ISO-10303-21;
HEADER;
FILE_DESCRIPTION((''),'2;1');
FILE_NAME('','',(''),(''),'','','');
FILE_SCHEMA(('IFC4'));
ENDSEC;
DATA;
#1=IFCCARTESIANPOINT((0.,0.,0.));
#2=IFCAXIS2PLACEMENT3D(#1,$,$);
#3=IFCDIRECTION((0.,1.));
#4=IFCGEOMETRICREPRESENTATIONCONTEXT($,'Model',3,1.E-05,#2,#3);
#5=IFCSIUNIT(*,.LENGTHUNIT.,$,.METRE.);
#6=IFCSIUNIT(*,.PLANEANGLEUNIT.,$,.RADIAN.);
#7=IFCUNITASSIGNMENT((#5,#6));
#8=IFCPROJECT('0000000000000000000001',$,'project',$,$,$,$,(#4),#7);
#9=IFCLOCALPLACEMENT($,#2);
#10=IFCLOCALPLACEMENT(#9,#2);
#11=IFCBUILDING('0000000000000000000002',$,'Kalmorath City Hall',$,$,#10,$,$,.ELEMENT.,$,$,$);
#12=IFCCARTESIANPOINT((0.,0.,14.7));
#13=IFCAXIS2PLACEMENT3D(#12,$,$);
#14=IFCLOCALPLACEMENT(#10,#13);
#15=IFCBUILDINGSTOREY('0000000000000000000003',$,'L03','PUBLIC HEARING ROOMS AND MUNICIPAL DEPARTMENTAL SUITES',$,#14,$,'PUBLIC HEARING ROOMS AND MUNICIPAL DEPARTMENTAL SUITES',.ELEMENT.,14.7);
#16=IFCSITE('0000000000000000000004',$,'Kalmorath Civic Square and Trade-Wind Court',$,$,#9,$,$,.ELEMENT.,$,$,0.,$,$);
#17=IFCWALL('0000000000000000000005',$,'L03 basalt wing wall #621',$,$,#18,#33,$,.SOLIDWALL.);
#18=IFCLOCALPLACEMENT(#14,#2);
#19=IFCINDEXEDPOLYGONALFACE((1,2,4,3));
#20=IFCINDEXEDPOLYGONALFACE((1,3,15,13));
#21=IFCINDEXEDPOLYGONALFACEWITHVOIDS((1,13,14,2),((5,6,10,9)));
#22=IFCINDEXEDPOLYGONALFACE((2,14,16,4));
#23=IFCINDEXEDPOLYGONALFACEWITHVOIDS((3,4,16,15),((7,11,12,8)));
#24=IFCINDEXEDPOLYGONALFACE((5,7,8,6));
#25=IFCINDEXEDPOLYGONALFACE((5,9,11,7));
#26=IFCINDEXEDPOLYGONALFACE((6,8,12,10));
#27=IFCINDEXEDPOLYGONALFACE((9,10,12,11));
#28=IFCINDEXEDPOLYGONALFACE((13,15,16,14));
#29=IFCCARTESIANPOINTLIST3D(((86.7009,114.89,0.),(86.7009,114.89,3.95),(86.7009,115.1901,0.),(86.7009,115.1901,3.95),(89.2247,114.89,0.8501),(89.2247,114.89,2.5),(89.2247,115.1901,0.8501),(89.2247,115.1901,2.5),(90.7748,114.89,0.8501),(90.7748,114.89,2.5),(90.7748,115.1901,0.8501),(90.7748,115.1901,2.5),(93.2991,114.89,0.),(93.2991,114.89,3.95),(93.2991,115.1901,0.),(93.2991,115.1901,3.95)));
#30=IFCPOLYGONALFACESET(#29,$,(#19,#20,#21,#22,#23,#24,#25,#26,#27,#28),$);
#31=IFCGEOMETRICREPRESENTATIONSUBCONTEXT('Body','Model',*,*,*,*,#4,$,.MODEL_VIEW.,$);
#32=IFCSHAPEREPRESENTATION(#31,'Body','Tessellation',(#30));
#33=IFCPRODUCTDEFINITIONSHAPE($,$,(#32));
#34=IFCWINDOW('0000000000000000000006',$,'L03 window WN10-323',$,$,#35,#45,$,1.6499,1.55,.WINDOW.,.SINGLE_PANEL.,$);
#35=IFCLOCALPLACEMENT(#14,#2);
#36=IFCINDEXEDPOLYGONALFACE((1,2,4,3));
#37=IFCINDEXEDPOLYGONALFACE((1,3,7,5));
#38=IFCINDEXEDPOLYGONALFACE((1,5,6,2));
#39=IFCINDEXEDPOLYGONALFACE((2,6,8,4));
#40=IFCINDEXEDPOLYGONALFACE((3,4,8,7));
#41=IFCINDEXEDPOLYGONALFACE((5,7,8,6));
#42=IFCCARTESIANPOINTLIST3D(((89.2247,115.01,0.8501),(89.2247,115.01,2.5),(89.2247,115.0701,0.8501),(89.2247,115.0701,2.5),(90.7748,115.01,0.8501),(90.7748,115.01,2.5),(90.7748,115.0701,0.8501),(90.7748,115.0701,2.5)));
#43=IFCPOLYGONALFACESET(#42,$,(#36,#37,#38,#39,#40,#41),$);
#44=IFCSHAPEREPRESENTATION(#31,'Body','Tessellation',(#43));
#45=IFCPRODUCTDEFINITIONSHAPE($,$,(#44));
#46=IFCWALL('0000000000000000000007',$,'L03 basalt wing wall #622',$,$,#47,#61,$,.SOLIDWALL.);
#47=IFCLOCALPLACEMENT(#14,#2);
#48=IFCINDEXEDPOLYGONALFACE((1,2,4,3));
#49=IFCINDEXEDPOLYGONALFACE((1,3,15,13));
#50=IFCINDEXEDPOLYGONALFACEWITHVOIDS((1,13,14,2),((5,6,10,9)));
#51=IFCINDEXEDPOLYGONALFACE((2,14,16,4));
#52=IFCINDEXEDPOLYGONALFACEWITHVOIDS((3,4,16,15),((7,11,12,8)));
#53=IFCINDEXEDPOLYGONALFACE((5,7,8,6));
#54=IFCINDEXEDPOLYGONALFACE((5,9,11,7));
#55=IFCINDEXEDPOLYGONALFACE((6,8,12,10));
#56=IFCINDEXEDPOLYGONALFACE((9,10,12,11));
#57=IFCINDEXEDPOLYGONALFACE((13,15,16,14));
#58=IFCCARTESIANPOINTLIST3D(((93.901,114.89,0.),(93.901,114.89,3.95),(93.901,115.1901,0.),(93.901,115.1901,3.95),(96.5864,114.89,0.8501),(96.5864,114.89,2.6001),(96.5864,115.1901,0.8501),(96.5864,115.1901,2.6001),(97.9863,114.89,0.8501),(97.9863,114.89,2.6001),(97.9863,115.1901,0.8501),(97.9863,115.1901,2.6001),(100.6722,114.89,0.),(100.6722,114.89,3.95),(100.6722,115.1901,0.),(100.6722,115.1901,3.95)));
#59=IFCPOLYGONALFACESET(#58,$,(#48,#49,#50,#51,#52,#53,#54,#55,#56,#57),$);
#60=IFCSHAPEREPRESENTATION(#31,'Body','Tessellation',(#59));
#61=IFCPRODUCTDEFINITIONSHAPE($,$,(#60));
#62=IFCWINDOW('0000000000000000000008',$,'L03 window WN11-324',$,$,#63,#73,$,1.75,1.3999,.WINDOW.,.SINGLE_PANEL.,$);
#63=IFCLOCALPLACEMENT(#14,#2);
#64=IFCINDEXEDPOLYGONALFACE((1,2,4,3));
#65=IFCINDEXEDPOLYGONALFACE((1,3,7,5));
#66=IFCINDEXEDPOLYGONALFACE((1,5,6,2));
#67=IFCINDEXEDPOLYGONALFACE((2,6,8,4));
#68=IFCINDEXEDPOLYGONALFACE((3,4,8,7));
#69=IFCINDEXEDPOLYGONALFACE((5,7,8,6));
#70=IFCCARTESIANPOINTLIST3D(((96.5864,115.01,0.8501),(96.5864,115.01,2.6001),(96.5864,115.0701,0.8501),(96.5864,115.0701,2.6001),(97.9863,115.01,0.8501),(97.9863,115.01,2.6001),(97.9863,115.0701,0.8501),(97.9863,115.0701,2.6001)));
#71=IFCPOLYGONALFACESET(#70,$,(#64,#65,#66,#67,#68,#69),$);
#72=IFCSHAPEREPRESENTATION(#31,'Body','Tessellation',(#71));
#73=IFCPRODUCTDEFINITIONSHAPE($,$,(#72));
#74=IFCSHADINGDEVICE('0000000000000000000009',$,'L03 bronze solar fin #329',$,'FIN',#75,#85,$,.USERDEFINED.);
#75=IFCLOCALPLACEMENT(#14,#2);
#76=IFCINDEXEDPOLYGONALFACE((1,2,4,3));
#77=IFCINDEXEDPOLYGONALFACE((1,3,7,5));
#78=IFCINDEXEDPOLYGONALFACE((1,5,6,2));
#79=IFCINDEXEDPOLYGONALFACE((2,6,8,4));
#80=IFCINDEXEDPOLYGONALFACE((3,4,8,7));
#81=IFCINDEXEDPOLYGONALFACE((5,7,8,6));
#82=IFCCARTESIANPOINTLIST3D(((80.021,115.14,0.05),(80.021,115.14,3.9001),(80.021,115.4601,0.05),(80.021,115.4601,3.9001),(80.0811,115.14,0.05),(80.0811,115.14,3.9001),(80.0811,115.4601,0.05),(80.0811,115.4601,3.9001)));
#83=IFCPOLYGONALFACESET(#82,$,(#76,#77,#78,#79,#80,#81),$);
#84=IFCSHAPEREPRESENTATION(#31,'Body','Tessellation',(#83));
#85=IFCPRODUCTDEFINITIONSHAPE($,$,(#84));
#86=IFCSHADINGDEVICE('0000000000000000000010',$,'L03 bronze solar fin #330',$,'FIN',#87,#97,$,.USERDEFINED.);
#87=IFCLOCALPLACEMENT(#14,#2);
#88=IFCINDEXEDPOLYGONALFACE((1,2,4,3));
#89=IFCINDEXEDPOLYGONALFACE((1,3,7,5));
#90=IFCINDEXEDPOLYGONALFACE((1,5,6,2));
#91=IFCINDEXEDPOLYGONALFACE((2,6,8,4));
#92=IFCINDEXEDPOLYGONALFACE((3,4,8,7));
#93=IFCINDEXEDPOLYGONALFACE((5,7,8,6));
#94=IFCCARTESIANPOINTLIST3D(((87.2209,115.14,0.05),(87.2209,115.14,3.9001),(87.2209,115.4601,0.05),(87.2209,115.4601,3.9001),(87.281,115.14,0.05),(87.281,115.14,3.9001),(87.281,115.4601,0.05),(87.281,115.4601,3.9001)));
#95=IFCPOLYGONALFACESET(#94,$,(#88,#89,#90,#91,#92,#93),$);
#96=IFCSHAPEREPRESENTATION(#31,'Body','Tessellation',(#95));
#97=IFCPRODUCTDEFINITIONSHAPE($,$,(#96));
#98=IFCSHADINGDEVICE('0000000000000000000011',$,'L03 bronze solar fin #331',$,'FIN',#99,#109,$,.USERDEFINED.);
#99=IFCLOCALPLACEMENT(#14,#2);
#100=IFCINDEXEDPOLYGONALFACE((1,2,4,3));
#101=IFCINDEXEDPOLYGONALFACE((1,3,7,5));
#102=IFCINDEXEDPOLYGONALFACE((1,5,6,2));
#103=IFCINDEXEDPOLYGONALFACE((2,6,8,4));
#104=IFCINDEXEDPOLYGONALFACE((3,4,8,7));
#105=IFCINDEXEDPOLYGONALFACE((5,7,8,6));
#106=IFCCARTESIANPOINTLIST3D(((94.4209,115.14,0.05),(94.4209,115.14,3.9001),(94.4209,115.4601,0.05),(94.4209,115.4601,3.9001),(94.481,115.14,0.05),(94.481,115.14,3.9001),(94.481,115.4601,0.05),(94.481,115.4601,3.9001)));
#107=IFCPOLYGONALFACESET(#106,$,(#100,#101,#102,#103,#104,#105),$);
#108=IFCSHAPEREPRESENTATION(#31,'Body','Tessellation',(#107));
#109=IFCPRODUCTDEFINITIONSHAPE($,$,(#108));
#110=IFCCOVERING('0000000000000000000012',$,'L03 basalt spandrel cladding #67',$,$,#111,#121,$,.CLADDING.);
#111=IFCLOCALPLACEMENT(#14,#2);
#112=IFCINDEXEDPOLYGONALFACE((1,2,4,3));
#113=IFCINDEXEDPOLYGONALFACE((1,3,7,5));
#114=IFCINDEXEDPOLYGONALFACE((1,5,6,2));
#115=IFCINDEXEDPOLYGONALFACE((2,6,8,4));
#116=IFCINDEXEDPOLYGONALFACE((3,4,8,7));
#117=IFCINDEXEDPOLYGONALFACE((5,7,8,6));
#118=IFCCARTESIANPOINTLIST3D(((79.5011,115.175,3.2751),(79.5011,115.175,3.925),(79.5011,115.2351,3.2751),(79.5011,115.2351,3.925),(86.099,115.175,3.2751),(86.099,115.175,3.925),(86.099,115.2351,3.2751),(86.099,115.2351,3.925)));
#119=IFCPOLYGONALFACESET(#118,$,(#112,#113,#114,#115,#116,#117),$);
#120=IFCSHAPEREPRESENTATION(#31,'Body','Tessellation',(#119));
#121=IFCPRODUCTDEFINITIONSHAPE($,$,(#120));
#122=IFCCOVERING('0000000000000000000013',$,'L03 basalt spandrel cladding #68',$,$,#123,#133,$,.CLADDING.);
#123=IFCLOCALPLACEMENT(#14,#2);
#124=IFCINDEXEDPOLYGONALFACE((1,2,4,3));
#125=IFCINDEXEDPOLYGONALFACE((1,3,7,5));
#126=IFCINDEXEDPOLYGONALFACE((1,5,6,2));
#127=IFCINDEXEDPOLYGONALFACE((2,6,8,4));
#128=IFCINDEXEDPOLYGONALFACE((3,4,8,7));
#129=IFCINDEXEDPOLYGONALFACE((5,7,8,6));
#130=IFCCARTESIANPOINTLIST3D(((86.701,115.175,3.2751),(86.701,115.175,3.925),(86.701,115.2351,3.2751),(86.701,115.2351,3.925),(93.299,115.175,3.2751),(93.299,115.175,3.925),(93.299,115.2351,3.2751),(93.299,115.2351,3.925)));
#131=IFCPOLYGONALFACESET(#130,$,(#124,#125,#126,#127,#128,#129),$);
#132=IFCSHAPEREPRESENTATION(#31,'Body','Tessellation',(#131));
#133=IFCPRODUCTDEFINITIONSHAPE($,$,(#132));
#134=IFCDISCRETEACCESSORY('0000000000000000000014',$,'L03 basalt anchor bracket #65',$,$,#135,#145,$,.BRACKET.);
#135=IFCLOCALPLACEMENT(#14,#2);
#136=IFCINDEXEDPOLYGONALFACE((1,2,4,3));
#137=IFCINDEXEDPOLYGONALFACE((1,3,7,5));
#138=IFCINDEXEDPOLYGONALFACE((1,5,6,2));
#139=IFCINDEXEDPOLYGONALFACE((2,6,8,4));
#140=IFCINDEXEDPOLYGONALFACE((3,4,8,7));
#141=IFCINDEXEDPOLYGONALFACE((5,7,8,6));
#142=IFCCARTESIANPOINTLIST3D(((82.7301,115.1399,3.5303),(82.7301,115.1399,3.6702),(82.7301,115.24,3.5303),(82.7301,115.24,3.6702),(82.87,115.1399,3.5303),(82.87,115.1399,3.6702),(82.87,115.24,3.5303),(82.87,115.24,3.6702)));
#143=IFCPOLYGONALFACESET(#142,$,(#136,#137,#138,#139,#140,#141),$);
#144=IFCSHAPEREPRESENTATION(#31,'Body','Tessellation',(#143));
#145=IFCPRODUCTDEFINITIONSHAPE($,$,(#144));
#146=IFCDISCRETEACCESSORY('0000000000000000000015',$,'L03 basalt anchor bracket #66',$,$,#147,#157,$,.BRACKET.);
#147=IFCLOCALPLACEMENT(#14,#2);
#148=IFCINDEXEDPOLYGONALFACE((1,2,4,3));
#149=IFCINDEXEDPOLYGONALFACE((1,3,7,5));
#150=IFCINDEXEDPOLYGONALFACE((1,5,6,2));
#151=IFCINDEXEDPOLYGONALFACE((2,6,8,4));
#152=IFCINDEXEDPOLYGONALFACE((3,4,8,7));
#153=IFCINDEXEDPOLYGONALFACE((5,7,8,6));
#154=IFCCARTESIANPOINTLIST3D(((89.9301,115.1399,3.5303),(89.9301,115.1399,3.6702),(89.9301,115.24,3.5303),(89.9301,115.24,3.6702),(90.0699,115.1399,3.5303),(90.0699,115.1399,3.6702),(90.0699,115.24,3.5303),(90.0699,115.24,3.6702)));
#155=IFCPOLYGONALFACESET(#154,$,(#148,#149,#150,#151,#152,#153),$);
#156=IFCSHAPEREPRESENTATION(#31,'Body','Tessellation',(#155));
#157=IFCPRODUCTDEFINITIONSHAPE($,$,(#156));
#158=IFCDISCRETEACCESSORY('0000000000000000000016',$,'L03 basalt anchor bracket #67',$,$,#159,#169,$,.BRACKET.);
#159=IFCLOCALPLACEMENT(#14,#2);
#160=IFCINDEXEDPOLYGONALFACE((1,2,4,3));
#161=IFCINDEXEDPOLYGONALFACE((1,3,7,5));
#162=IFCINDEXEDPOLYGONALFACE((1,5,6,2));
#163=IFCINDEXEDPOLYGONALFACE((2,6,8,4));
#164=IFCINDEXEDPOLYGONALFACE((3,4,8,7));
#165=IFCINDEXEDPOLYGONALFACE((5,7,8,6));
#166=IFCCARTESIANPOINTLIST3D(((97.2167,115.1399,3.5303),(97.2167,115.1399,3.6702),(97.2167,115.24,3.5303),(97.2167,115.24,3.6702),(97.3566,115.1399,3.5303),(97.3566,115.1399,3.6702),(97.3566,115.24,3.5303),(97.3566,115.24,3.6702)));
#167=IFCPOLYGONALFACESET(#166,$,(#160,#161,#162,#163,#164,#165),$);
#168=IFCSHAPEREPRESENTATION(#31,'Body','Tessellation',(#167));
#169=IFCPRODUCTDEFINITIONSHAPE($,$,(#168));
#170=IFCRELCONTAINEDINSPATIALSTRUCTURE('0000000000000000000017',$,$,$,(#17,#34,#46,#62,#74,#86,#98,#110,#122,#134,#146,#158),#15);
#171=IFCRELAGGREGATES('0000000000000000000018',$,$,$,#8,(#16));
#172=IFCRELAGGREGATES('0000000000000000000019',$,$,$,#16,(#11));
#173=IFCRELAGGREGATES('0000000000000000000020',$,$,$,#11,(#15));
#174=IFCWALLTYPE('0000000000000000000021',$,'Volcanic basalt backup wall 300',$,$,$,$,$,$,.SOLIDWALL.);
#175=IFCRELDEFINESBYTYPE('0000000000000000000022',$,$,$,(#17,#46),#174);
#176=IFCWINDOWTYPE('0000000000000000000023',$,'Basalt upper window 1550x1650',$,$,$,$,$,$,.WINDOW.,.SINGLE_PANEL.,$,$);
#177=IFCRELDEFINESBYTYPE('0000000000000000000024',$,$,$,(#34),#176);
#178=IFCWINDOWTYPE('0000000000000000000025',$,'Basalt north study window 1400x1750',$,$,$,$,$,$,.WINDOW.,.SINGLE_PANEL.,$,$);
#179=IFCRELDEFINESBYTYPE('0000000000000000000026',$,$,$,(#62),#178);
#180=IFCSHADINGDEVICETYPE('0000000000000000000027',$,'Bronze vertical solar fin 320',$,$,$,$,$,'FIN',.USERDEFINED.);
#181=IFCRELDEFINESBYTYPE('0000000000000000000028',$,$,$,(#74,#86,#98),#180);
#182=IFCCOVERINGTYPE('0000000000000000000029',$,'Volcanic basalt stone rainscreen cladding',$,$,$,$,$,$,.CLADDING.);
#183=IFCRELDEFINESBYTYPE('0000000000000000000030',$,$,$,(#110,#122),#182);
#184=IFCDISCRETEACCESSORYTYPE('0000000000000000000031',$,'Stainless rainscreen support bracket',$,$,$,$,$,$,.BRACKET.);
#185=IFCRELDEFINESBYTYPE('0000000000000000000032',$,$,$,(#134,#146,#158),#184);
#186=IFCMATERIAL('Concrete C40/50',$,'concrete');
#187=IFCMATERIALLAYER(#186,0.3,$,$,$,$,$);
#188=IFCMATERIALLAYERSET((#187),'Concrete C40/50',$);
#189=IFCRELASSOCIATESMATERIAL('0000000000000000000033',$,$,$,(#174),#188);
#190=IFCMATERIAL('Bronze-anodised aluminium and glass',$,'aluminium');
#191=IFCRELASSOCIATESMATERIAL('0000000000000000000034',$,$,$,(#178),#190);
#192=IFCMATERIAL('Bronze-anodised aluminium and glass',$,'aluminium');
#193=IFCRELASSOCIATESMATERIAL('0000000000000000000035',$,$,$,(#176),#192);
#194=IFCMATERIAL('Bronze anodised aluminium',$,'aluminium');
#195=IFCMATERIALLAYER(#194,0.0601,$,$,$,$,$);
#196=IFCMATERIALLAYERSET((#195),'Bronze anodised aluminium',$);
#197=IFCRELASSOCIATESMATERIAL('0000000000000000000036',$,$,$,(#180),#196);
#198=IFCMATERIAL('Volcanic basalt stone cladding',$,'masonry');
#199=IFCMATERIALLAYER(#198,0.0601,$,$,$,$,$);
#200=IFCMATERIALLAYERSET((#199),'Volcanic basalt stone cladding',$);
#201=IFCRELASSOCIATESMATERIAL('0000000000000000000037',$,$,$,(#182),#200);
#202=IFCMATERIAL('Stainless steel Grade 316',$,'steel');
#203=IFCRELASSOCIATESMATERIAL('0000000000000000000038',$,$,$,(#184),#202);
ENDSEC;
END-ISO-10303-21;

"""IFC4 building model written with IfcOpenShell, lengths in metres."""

from ifc_helpers import new_model, si_unit, direction, frame, frame_2d, origin, origin_2d, place, context, subcontext, project, spatial, rectangle, extrude, material, layer, layer_set, type_object, element, fill, save


model = new_model("IFC4")

# Units and contexts
model_context = context("Model", 3, precision=1e-05, world=origin(), true_north=direction((0.0, 1.0)))
body_context = subcontext(model_context, "Body", "Model", "MODEL_VIEW")
ifc_project = project(units=[si_unit("LENGTHUNIT", "METRE"), si_unit("PLANEANGLEUNIT", "RADIAN")], contexts=[model_context])

# Site, building, storey
site_placement = place(None, origin())
site = spatial("IfcSite", under=ifc_project, at=site_placement, Name="Kalmorath Civic Square and Trade-Wind Court", CompositionType="ELEMENT", RefElevation=0.0)
building_placement = place(site_placement, origin())
building = spatial("IfcBuilding", under=site, at=building_placement, Name="Kalmorath City Hall", CompositionType="ELEMENT")
storey_placement = place(building_placement, frame((0.0, 0.0, 14.7)))
storey = spatial("IfcBuildingStorey", under=building, at=storey_placement, Name="L03", Description="PUBLIC HEARING ROOMS AND MUNICIPAL DEPARTMENTAL SUITES", LongName="PUBLIC HEARING ROOMS AND MUNICIPAL DEPARTMENTAL SUITES", CompositionType="ELEMENT", Elevation=14.7)

# Walls, openings, windows
ifc_material_1 = material(Name="Concrete C40/50", Category="concrete")
ifc_layer_1 = layer(ifc_material_1, 0.3)
ifc_layer_set_1 = layer_set([ifc_layer_1], Name="Concrete C40/50")
wall_type = type_object("IfcWallType", Name="Volcanic basalt backup wall 300", PredefinedType="SOLIDWALL", material=ifc_layer_set_1)
ifc_material_2 = material(Name="Bronze-anodised aluminium and glass", Category="aluminium")
window_type_1 = type_object("IfcWindowType", Name="Basalt north study window 1400x1750", PartitioningType="SINGLE_PANEL", PredefinedType="WINDOW", material=ifc_material_2)
wall_1_placement = place(storey_placement, frame((86.7009, 115.04, 0.0), z_axis=(0.0, 0.0, 1.0), x_axis=(1.0, 0.0, 0.0)))
wall_1 = element("IfcWall", 1, at=wall_1_placement, inside=storey, type_object=wall_type, Name="L03 basalt wing wall #621", PredefinedType="SOLIDWALL", context=body_context, shape_type="SweptSolid", body=[
    extrude(rectangle(XDim=6.5981, YDim=0.3, at=frame_2d((3.2991, 0.0))), origin(), (0.0, 0.0, 1.0), 3.95),
])
opening_1_placement = place(wall_1_placement, frame((2.5239, 0.0, 0.8501)))
opening_1 = element("IfcOpeningElement", 2, at=opening_1_placement, cuts=wall_1, PredefinedType="OPENING", context=body_context, shape_type="SweptSolid", body=[
    extrude(rectangle(XDim=1.55, YDim=1.6499, at=frame_2d((0.7749, 0.825))), frame((0.0, 0.1599, 0.0), z_axis=(0.0, -1.0, 0.0), x_axis=(1.0, 0.0, 0.0)), (0.0, 0.0, 1.0), 0.3201),
])
ifc_material_3 = material(Name="Bronze-anodised aluminium and glass", Category="aluminium")
window_type_2 = type_object("IfcWindowType", Name="Basalt upper window 1550x1650", PartitioningType="SINGLE_PANEL", PredefinedType="WINDOW", material=ifc_material_3)
window_1_placement = place(opening_1_placement, origin())
window_1 = element("IfcWindow", 3, at=window_1_placement, inside=storey, type_object=window_type_2, Name="L03 window WN10-323", OverallHeight=1.6499, OverallWidth=1.55, PartitioningType="SINGLE_PANEL", PredefinedType="WINDOW", context=body_context, shape_type="SweptSolid", body=[
    extrude(rectangle(XDim=1.55, YDim=1.6499, at=frame_2d((0.7749, 0.825))), frame((0.0, 0.03, 0.0), z_axis=(0.0, -1.0, 0.0), x_axis=(1.0, 0.0, 0.0)), (0.0, 0.0, 1.0), 0.0601),
])
fill(opening_1, window_1)
wall_2_placement = place(storey_placement, frame((93.9009, 115.04, 0.0), z_axis=(0.0, 0.0, 1.0), x_axis=(1.0, 0.0, 0.0)))
wall_2 = element("IfcWall", 4, at=wall_2_placement, inside=storey, type_object=wall_type, Name="L03 basalt wing wall #622", PredefinedType="SOLIDWALL", context=body_context, shape_type="SweptSolid", body=[
    extrude(rectangle(XDim=6.7712, YDim=0.3, at=frame_2d((3.3857, 0.0))), origin(), (0.0, 0.0, 1.0), 3.95),
])
opening_2_placement = place(wall_2_placement, frame((2.6855, 0.0, 0.8501)))
opening_2 = element("IfcOpeningElement", 5, at=opening_2_placement, cuts=wall_2, PredefinedType="OPENING", context=body_context, shape_type="SweptSolid", body=[
    extrude(rectangle(XDim=1.3999, YDim=1.75, at=frame_2d((0.7, 0.875))), frame((0.0, 0.1599, 0.0), z_axis=(0.0, -1.0, 0.0), x_axis=(1.0, 0.0, 0.0)), (0.0, 0.0, 1.0), 0.3201),
])
window_2_placement = place(opening_2_placement, origin())
window_2 = element("IfcWindow", 6, at=window_2_placement, inside=storey, type_object=window_type_1, Name="L03 window WN11-324", OverallHeight=1.75, OverallWidth=1.3999, PartitioningType="SINGLE_PANEL", PredefinedType="WINDOW", context=body_context, shape_type="SweptSolid", body=[
    extrude(rectangle(XDim=1.3999, YDim=1.75, at=frame_2d((0.7, 0.875))), frame((0.0, 0.03, 0.0), z_axis=(0.0, -1.0, 0.0), x_axis=(1.0, 0.0, 0.0)), (0.0, 0.0, 1.0), 0.0601),
])
fill(opening_2, window_2)

# Shading devices
ifc_material_4 = material(Name="Bronze anodised aluminium", Category="aluminium")
ifc_layer_2 = layer(ifc_material_4, 0.0601)
ifc_layer_set_2 = layer_set([ifc_layer_2], Name="Bronze anodised aluminium")
shading_device_type = type_object("IfcShadingDeviceType", Name="Bronze vertical solar fin 320", ElementType="FIN", PredefinedType="USERDEFINED", material=ifc_layer_set_2)
for number, where, z_axis, x_axis, name in (
    (7, (80.051, 115.3, 0.05), (0.0, 0.0, 1.0), (1.0, 0.0, 0.0), "L03 bronze solar fin #329"),
    (8, (87.251, 115.3, 0.05), (0.0, 0.0, 1.0), (1.0, 0.0, 0.0), "L03 bronze solar fin #330"),
    (9, (94.4509, 115.3, 0.05), (0.0, 0.0, 1.0), (1.0, 0.0, 0.0), "L03 bronze solar fin #331"),
):
    element("IfcShadingDevice", number, at=place(storey_placement, frame(where, z_axis=z_axis, x_axis=x_axis)), inside=storey, type_object=shading_device_type, Name=name, ObjectType="FIN", PredefinedType="USERDEFINED", context=body_context, shape_type="SweptSolid", body=[
        extrude(rectangle(XDim=0.0601, YDim=0.3201, at=origin_2d()), origin(), (0.0, 0.0, 1.0), 3.8501),
    ])

# Coverings
ifc_material_5 = material(Name="Volcanic basalt stone cladding", Category="masonry")
ifc_layer_3 = layer(ifc_material_5, 0.0601)
ifc_layer_set_3 = layer_set([ifc_layer_3], Name="Volcanic basalt stone cladding")
covering_type = type_object("IfcCoveringType", Name="Volcanic basalt stone rainscreen cladding", PredefinedType="CLADDING", material=ifc_layer_set_3)
for number, where, z_axis, x_axis, name in (
    (10, (82.8, 115.2051, 3.2751), (0.0, 0.0, 1.0), (1.0, 0.0, 0.0), "L03 basalt spandrel cladding #67"),
    (11, (90.0, 115.2051, 3.2751), (0.0, 0.0, 1.0), (1.0, 0.0, 0.0), "L03 basalt spandrel cladding #68"),
):
    element("IfcCovering", number, at=place(storey_placement, frame(where, z_axis=z_axis, x_axis=x_axis)), inside=storey, type_object=covering_type, Name=name, PredefinedType="CLADDING", context=body_context, shape_type="SweptSolid", body=[
        extrude(rectangle(XDim=6.5979, YDim=0.0601, at=origin_2d()), origin(), (0.0, 0.0, 1.0), 0.6499),
    ])

# Discrete accessories
ifc_material_6 = material(Name="Stainless steel Grade 316", Category="steel")
discrete_accessory_type = type_object("IfcDiscreteAccessoryType", Name="Stainless rainscreen support bracket", PredefinedType="BRACKET", material=ifc_material_6)
for number, where, z_axis, x_axis, name in (
    (12, (82.8, 115.1899, 3.5303), (0.0, 0.0, 1.0), (1.0, 0.0, 0.0), "L03 basalt anchor bracket #65"),
    (13, (90.0, 115.1899, 3.5303), (0.0, 0.0, 1.0), (1.0, 0.0, 0.0), "L03 basalt anchor bracket #66"),
    (14, (97.2866, 115.1899, 3.5303), (0.0, 0.0, 1.0), (1.0, 0.0, 0.0), "L03 basalt anchor bracket #67"),
):
    element("IfcDiscreteAccessory", number, at=place(storey_placement, frame(where, z_axis=z_axis, x_axis=x_axis)), inside=storey, type_object=discrete_accessory_type, Name=name, PredefinedType="BRACKET", context=body_context, shape_type="SweptSolid", body=[
        extrude(rectangle(XDim=0.1399, YDim=0.1001, at=origin_2d()), origin(), (0.0, 0.0, 1.0), 0.1399),
    ])

save(model, "model.ifc")
